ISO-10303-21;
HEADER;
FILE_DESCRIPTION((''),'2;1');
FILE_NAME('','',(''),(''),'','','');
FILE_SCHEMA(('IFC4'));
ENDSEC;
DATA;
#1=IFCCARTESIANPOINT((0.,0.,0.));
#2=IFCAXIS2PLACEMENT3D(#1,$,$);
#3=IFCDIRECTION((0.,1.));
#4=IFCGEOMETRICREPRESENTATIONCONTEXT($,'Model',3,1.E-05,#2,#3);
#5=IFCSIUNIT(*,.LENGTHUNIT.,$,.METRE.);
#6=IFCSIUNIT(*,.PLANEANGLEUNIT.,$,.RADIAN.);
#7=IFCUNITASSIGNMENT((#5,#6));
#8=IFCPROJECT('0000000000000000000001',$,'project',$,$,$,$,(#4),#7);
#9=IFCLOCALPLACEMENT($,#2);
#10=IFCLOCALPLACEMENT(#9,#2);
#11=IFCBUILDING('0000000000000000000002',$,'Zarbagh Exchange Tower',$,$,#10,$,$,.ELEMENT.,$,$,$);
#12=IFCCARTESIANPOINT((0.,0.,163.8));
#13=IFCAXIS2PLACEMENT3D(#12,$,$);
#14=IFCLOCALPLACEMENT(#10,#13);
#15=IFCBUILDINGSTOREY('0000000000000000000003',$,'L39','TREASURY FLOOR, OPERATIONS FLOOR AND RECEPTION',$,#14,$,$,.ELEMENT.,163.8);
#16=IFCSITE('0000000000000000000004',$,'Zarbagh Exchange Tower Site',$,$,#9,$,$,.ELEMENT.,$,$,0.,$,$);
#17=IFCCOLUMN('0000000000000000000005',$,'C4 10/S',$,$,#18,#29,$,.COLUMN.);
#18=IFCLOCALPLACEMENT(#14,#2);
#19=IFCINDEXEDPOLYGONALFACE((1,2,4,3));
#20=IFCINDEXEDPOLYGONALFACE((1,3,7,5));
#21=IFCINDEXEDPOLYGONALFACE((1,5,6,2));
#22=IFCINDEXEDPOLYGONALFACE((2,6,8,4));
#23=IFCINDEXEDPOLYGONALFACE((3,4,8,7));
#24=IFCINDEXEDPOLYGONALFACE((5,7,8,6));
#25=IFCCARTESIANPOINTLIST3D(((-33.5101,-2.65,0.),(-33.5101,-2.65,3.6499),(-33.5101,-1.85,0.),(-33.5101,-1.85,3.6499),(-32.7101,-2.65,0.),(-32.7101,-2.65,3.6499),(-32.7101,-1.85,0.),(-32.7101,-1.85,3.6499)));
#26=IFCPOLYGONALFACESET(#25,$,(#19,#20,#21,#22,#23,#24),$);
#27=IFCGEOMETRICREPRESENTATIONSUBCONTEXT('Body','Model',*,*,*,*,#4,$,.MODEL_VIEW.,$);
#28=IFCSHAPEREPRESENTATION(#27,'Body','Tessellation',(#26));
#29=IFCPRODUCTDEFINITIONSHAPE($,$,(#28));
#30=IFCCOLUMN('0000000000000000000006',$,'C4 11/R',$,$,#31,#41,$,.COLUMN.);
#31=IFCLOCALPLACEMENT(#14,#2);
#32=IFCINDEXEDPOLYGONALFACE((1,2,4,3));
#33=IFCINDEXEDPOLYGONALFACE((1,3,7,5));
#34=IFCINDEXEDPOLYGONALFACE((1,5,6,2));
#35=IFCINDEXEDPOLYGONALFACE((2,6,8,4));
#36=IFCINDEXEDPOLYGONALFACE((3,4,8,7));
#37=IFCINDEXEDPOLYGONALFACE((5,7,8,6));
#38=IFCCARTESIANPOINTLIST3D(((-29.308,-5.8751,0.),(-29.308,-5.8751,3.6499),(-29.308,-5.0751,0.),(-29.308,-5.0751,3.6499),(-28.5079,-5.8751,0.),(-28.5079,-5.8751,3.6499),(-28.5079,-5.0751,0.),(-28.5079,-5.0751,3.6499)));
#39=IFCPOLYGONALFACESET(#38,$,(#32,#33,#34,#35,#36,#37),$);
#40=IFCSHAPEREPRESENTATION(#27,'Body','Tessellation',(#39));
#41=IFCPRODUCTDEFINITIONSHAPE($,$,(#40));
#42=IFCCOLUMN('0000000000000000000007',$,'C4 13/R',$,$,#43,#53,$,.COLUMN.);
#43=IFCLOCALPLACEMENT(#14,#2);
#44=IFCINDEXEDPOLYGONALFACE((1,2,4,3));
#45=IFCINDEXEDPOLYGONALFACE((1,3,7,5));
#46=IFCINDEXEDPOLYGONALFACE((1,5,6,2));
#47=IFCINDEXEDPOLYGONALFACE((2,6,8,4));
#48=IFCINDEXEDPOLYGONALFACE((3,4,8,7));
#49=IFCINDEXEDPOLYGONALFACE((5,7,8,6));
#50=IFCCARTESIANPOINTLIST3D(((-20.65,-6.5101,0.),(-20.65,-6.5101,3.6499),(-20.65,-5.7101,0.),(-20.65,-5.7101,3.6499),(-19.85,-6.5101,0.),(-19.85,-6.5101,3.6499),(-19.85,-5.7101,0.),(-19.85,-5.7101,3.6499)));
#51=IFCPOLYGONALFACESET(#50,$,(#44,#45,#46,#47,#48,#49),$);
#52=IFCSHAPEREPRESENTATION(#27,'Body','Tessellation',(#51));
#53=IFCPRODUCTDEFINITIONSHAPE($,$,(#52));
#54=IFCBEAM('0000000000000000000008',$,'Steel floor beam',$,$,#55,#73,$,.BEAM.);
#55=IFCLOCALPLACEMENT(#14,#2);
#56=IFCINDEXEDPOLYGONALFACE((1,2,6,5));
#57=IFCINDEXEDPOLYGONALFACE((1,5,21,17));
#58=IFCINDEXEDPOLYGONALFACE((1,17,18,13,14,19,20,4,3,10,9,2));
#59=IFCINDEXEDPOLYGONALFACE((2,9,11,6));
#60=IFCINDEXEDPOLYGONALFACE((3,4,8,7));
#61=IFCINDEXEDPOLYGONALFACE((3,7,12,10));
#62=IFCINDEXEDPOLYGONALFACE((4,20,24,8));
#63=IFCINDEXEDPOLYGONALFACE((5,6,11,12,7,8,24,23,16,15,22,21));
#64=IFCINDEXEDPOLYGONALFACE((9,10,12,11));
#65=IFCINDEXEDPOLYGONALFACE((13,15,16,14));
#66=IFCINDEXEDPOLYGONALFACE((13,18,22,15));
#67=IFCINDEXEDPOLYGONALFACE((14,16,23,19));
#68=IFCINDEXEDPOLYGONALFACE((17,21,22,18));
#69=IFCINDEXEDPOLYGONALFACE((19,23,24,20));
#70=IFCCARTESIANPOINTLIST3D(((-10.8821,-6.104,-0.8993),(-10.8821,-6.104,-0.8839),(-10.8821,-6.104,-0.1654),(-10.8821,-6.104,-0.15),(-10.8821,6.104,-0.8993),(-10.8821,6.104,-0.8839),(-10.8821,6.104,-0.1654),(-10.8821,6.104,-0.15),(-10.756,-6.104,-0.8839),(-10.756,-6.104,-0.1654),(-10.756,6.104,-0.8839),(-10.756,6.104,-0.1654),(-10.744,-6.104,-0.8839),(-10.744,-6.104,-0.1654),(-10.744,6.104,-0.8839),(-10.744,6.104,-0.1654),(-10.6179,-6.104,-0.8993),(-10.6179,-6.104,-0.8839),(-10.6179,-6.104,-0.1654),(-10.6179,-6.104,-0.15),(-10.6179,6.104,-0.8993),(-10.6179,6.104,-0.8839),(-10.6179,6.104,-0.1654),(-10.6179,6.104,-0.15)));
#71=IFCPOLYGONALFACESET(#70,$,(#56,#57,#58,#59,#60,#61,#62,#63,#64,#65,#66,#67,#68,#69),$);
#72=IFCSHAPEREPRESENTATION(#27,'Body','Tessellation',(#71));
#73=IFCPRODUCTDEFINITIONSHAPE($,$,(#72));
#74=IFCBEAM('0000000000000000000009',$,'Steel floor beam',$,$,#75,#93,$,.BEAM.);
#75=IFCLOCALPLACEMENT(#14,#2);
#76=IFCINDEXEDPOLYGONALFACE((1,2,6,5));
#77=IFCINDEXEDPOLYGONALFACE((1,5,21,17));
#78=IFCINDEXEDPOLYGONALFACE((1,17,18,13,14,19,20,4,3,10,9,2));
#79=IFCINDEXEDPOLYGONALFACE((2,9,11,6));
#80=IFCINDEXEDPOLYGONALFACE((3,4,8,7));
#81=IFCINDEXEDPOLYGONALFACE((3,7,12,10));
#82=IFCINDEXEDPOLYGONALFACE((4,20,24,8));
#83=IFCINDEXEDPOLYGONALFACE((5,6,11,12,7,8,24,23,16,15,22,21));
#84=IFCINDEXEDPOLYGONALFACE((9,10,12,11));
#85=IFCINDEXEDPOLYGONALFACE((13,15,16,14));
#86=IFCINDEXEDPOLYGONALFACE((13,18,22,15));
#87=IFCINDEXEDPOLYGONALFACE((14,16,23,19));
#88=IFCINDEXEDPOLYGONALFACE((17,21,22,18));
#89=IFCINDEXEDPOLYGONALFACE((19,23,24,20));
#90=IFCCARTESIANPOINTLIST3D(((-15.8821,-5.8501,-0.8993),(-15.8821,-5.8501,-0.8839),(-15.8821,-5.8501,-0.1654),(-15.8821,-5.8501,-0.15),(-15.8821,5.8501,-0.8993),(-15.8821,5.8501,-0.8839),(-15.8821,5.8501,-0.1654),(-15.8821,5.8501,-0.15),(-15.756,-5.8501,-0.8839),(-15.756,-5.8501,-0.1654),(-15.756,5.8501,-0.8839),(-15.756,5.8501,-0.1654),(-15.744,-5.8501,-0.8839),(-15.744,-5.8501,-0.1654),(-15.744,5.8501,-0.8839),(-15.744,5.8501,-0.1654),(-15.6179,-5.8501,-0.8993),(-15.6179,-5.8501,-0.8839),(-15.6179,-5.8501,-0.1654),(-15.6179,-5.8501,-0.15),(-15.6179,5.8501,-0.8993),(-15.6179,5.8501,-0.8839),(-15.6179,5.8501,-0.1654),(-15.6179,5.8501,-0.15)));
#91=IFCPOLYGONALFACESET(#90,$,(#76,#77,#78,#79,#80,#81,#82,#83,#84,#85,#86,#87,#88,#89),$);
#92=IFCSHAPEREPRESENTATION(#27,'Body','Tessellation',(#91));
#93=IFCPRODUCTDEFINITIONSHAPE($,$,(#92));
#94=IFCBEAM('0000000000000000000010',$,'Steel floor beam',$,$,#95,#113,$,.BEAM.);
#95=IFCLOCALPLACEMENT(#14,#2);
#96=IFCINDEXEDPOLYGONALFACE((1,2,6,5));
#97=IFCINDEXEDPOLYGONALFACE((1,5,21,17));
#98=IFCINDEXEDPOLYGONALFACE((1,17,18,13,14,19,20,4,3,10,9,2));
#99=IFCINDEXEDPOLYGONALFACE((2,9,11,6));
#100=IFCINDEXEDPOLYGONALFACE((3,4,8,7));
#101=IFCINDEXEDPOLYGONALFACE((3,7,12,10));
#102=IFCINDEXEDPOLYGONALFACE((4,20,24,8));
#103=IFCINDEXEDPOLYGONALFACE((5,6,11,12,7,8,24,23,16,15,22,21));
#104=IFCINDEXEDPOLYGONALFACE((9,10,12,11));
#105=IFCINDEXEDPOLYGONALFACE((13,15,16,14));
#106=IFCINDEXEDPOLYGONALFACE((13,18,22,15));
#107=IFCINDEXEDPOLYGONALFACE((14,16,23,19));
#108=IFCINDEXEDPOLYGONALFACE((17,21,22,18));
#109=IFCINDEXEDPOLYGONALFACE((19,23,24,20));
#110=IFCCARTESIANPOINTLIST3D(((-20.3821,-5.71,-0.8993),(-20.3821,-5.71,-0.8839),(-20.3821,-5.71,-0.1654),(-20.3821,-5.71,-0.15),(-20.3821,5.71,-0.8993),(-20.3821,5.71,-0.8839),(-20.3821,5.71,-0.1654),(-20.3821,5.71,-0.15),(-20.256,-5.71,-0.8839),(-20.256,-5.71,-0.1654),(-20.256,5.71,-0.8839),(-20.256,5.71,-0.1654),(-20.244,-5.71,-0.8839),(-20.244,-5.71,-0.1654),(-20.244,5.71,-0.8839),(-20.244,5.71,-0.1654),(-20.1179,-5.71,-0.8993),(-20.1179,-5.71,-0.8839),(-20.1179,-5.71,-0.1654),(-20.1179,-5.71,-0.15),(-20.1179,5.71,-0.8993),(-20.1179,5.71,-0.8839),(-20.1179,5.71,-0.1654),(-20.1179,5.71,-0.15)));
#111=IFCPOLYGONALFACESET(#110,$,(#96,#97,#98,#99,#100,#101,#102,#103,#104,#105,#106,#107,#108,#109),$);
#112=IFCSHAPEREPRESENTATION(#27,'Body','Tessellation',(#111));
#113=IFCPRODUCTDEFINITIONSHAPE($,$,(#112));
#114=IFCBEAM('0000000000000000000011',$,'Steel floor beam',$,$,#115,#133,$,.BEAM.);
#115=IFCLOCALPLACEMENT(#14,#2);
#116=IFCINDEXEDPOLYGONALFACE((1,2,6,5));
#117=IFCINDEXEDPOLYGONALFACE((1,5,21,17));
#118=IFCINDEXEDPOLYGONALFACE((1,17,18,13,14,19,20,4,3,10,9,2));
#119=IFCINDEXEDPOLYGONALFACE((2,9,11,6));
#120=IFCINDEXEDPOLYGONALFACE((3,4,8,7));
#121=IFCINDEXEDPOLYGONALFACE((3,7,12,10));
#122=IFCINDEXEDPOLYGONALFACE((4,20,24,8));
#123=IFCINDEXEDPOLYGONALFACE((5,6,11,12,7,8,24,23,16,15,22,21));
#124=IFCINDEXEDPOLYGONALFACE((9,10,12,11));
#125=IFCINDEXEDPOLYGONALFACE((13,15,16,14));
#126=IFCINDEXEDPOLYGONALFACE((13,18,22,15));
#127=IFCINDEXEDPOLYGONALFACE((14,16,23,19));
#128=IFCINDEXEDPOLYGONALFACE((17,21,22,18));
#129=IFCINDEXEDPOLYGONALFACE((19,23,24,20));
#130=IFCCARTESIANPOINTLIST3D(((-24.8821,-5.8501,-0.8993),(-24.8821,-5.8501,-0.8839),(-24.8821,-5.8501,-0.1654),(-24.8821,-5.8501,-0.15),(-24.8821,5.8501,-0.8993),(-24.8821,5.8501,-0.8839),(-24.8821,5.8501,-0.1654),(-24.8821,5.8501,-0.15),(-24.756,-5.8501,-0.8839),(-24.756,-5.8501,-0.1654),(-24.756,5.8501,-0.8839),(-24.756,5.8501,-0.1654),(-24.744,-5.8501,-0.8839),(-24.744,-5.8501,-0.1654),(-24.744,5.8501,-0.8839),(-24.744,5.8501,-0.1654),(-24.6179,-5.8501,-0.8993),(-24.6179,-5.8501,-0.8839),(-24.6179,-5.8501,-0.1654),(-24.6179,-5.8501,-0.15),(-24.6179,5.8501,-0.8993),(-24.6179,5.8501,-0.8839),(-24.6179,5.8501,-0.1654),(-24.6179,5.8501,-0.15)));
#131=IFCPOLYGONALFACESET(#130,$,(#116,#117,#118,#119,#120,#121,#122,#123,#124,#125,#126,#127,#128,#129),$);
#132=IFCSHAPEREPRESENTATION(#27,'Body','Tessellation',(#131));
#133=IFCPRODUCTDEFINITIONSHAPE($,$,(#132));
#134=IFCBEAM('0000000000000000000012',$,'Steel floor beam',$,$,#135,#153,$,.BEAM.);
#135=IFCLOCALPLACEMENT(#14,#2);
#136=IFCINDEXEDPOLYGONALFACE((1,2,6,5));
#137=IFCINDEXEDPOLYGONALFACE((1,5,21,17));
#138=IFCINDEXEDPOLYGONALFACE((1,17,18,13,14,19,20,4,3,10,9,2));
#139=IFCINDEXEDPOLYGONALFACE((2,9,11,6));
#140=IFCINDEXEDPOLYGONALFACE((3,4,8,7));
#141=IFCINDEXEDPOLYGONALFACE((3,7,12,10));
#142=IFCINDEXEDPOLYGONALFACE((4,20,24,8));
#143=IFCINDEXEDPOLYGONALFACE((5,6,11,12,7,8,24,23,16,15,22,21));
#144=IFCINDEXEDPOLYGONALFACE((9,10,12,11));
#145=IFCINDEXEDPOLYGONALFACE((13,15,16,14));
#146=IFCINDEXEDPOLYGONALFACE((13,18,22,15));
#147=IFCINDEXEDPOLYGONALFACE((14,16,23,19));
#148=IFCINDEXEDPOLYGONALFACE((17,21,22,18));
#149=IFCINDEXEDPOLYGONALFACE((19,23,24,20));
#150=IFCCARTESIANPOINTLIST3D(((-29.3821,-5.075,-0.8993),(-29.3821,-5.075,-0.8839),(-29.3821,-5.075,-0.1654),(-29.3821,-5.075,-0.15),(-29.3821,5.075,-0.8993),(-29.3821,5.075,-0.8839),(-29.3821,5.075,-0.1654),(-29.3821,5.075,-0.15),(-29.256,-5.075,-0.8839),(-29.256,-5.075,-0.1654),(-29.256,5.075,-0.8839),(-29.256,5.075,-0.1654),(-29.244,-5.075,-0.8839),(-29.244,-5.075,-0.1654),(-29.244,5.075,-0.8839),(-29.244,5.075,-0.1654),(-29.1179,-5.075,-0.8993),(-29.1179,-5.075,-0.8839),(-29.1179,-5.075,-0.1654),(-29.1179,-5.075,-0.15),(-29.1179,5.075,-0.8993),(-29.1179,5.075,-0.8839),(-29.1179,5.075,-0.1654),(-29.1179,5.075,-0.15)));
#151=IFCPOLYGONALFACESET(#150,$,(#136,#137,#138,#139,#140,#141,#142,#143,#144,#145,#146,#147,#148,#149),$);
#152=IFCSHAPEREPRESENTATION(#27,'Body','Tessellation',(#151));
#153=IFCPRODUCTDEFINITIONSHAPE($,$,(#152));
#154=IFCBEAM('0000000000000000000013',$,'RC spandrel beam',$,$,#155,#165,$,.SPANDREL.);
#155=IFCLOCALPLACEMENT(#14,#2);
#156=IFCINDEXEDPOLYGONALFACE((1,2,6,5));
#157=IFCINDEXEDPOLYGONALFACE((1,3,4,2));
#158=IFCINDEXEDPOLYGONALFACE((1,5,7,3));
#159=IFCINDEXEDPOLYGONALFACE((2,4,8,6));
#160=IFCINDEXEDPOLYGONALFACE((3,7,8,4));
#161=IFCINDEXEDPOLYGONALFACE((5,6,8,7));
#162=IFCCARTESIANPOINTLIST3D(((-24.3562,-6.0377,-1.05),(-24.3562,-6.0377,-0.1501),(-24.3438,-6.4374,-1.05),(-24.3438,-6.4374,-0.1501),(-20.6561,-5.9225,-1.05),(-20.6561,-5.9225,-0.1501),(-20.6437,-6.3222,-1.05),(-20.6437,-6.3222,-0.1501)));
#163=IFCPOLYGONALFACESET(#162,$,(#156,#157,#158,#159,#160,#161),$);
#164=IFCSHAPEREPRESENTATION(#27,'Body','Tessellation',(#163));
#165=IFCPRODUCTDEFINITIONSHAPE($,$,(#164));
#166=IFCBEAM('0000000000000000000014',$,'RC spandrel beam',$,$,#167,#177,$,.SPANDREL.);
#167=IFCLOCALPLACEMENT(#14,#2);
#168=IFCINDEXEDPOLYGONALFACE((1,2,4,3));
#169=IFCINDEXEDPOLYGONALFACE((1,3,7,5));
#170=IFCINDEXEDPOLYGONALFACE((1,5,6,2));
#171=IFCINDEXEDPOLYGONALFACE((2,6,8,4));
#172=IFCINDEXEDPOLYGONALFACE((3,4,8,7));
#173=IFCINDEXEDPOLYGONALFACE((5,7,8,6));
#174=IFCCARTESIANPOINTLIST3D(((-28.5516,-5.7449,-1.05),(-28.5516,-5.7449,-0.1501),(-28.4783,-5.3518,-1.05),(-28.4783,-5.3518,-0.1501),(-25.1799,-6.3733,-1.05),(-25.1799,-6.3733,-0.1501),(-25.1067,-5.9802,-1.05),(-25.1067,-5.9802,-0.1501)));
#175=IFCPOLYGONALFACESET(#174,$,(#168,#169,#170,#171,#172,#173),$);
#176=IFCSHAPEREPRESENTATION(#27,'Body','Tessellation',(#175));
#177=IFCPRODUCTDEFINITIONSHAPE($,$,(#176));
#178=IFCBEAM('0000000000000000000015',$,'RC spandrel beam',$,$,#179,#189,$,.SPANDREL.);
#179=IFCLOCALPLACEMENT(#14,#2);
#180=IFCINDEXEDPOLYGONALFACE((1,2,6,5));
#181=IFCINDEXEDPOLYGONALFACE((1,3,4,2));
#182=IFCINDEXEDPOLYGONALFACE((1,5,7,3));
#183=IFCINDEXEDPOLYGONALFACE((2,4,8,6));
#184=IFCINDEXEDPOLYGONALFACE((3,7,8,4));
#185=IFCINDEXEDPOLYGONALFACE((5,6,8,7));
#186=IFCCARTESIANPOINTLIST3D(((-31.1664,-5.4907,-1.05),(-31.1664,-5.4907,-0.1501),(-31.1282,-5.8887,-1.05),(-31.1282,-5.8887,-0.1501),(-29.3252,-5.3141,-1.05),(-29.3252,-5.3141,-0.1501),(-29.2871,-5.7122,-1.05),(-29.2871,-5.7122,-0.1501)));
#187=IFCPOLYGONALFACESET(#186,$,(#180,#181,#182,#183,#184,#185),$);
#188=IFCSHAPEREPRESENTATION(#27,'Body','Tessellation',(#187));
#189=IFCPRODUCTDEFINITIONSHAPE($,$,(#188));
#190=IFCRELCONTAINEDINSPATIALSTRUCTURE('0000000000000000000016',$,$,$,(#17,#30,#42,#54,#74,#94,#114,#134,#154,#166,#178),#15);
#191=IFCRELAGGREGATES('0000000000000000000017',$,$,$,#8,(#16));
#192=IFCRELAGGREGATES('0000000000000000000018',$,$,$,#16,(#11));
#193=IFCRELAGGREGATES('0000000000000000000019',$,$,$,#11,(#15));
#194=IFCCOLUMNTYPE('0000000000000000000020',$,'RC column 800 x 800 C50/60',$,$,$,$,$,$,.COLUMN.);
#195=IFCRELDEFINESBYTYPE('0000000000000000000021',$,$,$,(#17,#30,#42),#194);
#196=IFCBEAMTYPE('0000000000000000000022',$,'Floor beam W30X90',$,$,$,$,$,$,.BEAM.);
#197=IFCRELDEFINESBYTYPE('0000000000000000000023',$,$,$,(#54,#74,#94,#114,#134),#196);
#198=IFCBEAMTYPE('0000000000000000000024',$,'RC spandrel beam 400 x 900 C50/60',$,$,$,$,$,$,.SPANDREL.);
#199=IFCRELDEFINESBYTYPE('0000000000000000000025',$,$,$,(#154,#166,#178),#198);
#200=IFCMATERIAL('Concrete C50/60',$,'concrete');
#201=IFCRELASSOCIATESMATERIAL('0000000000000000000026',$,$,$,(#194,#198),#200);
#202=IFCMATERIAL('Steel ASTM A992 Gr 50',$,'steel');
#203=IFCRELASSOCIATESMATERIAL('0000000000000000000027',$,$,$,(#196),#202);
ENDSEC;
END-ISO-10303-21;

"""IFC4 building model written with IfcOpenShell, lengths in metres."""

from ifc_helpers import new_model, si_unit, direction, frame, origin, origin_2d, place, context, subcontext, project, spatial, rectangle, i_section, extrude, material, material_profile, profile_set, type_object, element, save


model = new_model("IFC4")

# Units and contexts
model_context = context("Model", 3, precision=1e-05, world=origin(), true_north=direction((0.0, 1.0)))
body_context = subcontext(model_context, "Body", "Model", "MODEL_VIEW")
ifc_project = project(units=[si_unit("LENGTHUNIT", "METRE"), si_unit("PLANEANGLEUNIT", "RADIAN")], contexts=[model_context])

# Site, building, storey
site_placement = place(None, origin())
site = spatial("IfcSite", under=ifc_project, at=site_placement, Name="Zarbagh Exchange Tower Site", CompositionType="ELEMENT", RefElevation=0.0)
building_placement = place(site_placement, origin())
building = spatial("IfcBuilding", under=site, at=building_placement, Name="Zarbagh Exchange Tower", CompositionType="ELEMENT")
storey_placement = place(building_placement, frame((0.0, 0.0, 163.8)))
storey = spatial("IfcBuildingStorey", under=building, at=storey_placement, Name="L39", Description="TREASURY FLOOR, OPERATIONS FLOOR AND RECEPTION", CompositionType="ELEMENT", Elevation=163.8)

# Columns
ifc_material_1 = material(Name="Concrete C50/60", Category="concrete")
ifc_material_profile_1 = material_profile(ifc_material_1, rectangle(XDim=0.8, YDim=0.8, at=origin_2d()), Name="RC column 800 x 800 C50/60")
ifc_profile_set_1 = profile_set([ifc_material_profile_1], Name="Concrete C50/60")
column_type = type_object("IfcColumnType", Name="RC column 800 x 800 C50/60", PredefinedType="COLUMN", material=ifc_profile_set_1)
for number, where, z_axis, x_axis, name in (
    (1, (-33.1101, -2.25, 0.0), (0.0, 0.0, 1.0), (1.0, 0.0, 0.0), "C4 10/S"),
    (2, (-28.908, -5.4751, 0.0), (0.0, 0.0, 1.0), (1.0, 0.0, 0.0), "C4 11/R"),
    (3, (-20.25, -6.1101, 0.0), (0.0, 0.0, 1.0), (1.0, 0.0, 0.0), "C4 13/R"),
):
    element("IfcColumn", number, at=place(storey_placement, frame(where, z_axis=z_axis, x_axis=x_axis)), inside=storey, type_object=column_type, Name=name, PredefinedType="COLUMN", context=body_context, shape_type="SweptSolid", body=[
        extrude(rectangle(XDim=0.8, YDim=0.8, at=origin_2d()), origin(), (0.0, 0.0, 1.0), 3.6499),
    ])

# Beams
ifc_material_2 = material(Name="Steel ASTM A992 Gr 50", Category="steel")
ifc_material_profile_2 = material_profile(ifc_material_2, i_section(OverallWidth=0.2642, OverallDepth=0.7493, WebThickness=0.012, FlangeThickness=0.0154, at=origin_2d()), Name="W30X90")
ifc_profile_set_2 = profile_set([ifc_material_profile_2], Name="Steel ASTM A992 Gr 50")
beam_type_1 = type_object("IfcBeamType", Name="Floor beam W30X90", PredefinedType="BEAM", material=ifc_profile_set_2)
beam_1_placement = place(storey_placement, frame((-10.75, -6.104, -0.5247), z_axis=(0.0, 1.0, 0.0), x_axis=(-1.0, 0.0, 0.0)))
element("IfcBeam", 4, at=beam_1_placement, inside=storey, type_object=beam_type_1, Name="Steel floor beam", PredefinedType="BEAM", context=body_context, shape_type="SweptSolid", body=[
    extrude(i_section(OverallWidth=0.2642, OverallDepth=0.7493, WebThickness=0.012, FlangeThickness=0.0154, at=origin_2d()), origin(), (0.0, 0.0, 1.0), 12.208),
])
beam_2_placement = place(storey_placement, frame((-15.75, -5.8501, -0.5247), z_axis=(0.0, 1.0, 0.0), x_axis=(-1.0, 0.0, 0.0)))
element("IfcBeam", 5, at=beam_2_placement, inside=storey, type_object=beam_type_1, Name="Steel floor beam", PredefinedType="BEAM", context=body_context, shape_type="SweptSolid", body=[
    extrude(i_section(OverallWidth=0.2642, OverallDepth=0.7493, WebThickness=0.012, FlangeThickness=0.0154, at=origin_2d()), origin(), (0.0, 0.0, 1.0), 11.7002),
])
beam_3_placement = place(storey_placement, frame((-20.25, -5.71, -0.5247), z_axis=(0.0, 1.0, 0.0), x_axis=(-1.0, 0.0, 0.0)))
element("IfcBeam", 6, at=beam_3_placement, inside=storey, type_object=beam_type_1, Name="Steel floor beam", PredefinedType="BEAM", context=body_context, shape_type="SweptSolid", body=[
    extrude(i_section(OverallWidth=0.2642, OverallDepth=0.7493, WebThickness=0.012, FlangeThickness=0.0154, at=origin_2d()), origin(), (0.0, 0.0, 1.0), 11.4199),
])
beam_4_placement = place(storey_placement, frame((-24.75, -5.8501, -0.5247), z_axis=(0.0, 1.0, 0.0), x_axis=(-1.0, 0.0, 0.0)))
element("IfcBeam", 7, at=beam_4_placement, inside=storey, type_object=beam_type_1, Name="Steel floor beam", PredefinedType="BEAM", context=body_context, shape_type="SweptSolid", body=[
    extrude(i_section(OverallWidth=0.2642, OverallDepth=0.7493, WebThickness=0.012, FlangeThickness=0.0154, at=origin_2d()), origin(), (0.0, 0.0, 1.0), 11.7002),
])
beam_5_placement = place(storey_placement, frame((-29.25, -5.075, -0.5247), z_axis=(0.0, 1.0, 0.0), x_axis=(-1.0, 0.0, 0.0)))
element("IfcBeam", 8, at=beam_5_placement, inside=storey, type_object=beam_type_1, Name="Steel floor beam", PredefinedType="BEAM", context=body_context, shape_type="SweptSolid", body=[
    extrude(i_section(OverallWidth=0.2642, OverallDepth=0.7493, WebThickness=0.012, FlangeThickness=0.0154, at=origin_2d()), origin(), (0.0, 0.0, 1.0), 10.1499),
])
ifc_material_profile_3 = material_profile(ifc_material_1, rectangle(XDim=0.3999, YDim=0.8999, at=origin_2d()), Name="RC spandrel beam 400 x 900 C50/60")
ifc_profile_set_3 = profile_set([ifc_material_profile_3], Name="Concrete C50/60")
beam_type_2 = type_object("IfcBeamType", Name="RC spandrel beam 400 x 900 C50/60", PredefinedType="SPANDREL", material=ifc_profile_set_3)
beam_6_placement = place(storey_placement, frame((-20.6499, -6.1223, -0.6001), z_axis=(-0.999515, -0.031128, 0.0), x_axis=(0.031128, -0.999515, 0.0)))
element("IfcBeam", 9, at=beam_6_placement, inside=storey, type_object=beam_type_2, Name="RC spandrel beam", PredefinedType="SPANDREL", context=body_context, shape_type="SweptSolid", body=[
    extrude(rectangle(XDim=0.3999, YDim=0.8999, at=origin_2d()), origin(), (0.0, 0.0, 1.0), 3.7019),
])
beam_7_placement = place(storey_placement, frame((-25.1433, -6.1768, -0.6001), z_axis=(-0.98307, 0.183231, 0.0), x_axis=(-0.183231, -0.98307, 0.0)))
element("IfcBeam", 10, at=beam_7_placement, inside=storey, type_object=beam_type_2, Name="RC spandrel beam", PredefinedType="SPANDREL", context=body_context, shape_type="SweptSolid", body=[
    extrude(rectangle(XDim=0.3999, YDim=0.8999, at=origin_2d()), origin(), (0.0, 0.0, 1.0), 3.4297),
])
beam_8_placement = place(storey_placement, frame((-29.3062, -5.5132, -0.6001), z_axis=(-0.995435, -0.095438, 0.0), x_axis=(0.095438, -0.995435, 0.0)))
element("IfcBeam", 11, at=beam_8_placement, inside=storey, type_object=beam_type_2, Name="RC spandrel beam", PredefinedType="SPANDREL", context=body_context, shape_type="SweptSolid", body=[
    extrude(rectangle(XDim=0.3999, YDim=0.8999, at=origin_2d()), origin(), (0.0, 0.0, 1.0), 1.8496),
])

save(model, "model.ifc")
